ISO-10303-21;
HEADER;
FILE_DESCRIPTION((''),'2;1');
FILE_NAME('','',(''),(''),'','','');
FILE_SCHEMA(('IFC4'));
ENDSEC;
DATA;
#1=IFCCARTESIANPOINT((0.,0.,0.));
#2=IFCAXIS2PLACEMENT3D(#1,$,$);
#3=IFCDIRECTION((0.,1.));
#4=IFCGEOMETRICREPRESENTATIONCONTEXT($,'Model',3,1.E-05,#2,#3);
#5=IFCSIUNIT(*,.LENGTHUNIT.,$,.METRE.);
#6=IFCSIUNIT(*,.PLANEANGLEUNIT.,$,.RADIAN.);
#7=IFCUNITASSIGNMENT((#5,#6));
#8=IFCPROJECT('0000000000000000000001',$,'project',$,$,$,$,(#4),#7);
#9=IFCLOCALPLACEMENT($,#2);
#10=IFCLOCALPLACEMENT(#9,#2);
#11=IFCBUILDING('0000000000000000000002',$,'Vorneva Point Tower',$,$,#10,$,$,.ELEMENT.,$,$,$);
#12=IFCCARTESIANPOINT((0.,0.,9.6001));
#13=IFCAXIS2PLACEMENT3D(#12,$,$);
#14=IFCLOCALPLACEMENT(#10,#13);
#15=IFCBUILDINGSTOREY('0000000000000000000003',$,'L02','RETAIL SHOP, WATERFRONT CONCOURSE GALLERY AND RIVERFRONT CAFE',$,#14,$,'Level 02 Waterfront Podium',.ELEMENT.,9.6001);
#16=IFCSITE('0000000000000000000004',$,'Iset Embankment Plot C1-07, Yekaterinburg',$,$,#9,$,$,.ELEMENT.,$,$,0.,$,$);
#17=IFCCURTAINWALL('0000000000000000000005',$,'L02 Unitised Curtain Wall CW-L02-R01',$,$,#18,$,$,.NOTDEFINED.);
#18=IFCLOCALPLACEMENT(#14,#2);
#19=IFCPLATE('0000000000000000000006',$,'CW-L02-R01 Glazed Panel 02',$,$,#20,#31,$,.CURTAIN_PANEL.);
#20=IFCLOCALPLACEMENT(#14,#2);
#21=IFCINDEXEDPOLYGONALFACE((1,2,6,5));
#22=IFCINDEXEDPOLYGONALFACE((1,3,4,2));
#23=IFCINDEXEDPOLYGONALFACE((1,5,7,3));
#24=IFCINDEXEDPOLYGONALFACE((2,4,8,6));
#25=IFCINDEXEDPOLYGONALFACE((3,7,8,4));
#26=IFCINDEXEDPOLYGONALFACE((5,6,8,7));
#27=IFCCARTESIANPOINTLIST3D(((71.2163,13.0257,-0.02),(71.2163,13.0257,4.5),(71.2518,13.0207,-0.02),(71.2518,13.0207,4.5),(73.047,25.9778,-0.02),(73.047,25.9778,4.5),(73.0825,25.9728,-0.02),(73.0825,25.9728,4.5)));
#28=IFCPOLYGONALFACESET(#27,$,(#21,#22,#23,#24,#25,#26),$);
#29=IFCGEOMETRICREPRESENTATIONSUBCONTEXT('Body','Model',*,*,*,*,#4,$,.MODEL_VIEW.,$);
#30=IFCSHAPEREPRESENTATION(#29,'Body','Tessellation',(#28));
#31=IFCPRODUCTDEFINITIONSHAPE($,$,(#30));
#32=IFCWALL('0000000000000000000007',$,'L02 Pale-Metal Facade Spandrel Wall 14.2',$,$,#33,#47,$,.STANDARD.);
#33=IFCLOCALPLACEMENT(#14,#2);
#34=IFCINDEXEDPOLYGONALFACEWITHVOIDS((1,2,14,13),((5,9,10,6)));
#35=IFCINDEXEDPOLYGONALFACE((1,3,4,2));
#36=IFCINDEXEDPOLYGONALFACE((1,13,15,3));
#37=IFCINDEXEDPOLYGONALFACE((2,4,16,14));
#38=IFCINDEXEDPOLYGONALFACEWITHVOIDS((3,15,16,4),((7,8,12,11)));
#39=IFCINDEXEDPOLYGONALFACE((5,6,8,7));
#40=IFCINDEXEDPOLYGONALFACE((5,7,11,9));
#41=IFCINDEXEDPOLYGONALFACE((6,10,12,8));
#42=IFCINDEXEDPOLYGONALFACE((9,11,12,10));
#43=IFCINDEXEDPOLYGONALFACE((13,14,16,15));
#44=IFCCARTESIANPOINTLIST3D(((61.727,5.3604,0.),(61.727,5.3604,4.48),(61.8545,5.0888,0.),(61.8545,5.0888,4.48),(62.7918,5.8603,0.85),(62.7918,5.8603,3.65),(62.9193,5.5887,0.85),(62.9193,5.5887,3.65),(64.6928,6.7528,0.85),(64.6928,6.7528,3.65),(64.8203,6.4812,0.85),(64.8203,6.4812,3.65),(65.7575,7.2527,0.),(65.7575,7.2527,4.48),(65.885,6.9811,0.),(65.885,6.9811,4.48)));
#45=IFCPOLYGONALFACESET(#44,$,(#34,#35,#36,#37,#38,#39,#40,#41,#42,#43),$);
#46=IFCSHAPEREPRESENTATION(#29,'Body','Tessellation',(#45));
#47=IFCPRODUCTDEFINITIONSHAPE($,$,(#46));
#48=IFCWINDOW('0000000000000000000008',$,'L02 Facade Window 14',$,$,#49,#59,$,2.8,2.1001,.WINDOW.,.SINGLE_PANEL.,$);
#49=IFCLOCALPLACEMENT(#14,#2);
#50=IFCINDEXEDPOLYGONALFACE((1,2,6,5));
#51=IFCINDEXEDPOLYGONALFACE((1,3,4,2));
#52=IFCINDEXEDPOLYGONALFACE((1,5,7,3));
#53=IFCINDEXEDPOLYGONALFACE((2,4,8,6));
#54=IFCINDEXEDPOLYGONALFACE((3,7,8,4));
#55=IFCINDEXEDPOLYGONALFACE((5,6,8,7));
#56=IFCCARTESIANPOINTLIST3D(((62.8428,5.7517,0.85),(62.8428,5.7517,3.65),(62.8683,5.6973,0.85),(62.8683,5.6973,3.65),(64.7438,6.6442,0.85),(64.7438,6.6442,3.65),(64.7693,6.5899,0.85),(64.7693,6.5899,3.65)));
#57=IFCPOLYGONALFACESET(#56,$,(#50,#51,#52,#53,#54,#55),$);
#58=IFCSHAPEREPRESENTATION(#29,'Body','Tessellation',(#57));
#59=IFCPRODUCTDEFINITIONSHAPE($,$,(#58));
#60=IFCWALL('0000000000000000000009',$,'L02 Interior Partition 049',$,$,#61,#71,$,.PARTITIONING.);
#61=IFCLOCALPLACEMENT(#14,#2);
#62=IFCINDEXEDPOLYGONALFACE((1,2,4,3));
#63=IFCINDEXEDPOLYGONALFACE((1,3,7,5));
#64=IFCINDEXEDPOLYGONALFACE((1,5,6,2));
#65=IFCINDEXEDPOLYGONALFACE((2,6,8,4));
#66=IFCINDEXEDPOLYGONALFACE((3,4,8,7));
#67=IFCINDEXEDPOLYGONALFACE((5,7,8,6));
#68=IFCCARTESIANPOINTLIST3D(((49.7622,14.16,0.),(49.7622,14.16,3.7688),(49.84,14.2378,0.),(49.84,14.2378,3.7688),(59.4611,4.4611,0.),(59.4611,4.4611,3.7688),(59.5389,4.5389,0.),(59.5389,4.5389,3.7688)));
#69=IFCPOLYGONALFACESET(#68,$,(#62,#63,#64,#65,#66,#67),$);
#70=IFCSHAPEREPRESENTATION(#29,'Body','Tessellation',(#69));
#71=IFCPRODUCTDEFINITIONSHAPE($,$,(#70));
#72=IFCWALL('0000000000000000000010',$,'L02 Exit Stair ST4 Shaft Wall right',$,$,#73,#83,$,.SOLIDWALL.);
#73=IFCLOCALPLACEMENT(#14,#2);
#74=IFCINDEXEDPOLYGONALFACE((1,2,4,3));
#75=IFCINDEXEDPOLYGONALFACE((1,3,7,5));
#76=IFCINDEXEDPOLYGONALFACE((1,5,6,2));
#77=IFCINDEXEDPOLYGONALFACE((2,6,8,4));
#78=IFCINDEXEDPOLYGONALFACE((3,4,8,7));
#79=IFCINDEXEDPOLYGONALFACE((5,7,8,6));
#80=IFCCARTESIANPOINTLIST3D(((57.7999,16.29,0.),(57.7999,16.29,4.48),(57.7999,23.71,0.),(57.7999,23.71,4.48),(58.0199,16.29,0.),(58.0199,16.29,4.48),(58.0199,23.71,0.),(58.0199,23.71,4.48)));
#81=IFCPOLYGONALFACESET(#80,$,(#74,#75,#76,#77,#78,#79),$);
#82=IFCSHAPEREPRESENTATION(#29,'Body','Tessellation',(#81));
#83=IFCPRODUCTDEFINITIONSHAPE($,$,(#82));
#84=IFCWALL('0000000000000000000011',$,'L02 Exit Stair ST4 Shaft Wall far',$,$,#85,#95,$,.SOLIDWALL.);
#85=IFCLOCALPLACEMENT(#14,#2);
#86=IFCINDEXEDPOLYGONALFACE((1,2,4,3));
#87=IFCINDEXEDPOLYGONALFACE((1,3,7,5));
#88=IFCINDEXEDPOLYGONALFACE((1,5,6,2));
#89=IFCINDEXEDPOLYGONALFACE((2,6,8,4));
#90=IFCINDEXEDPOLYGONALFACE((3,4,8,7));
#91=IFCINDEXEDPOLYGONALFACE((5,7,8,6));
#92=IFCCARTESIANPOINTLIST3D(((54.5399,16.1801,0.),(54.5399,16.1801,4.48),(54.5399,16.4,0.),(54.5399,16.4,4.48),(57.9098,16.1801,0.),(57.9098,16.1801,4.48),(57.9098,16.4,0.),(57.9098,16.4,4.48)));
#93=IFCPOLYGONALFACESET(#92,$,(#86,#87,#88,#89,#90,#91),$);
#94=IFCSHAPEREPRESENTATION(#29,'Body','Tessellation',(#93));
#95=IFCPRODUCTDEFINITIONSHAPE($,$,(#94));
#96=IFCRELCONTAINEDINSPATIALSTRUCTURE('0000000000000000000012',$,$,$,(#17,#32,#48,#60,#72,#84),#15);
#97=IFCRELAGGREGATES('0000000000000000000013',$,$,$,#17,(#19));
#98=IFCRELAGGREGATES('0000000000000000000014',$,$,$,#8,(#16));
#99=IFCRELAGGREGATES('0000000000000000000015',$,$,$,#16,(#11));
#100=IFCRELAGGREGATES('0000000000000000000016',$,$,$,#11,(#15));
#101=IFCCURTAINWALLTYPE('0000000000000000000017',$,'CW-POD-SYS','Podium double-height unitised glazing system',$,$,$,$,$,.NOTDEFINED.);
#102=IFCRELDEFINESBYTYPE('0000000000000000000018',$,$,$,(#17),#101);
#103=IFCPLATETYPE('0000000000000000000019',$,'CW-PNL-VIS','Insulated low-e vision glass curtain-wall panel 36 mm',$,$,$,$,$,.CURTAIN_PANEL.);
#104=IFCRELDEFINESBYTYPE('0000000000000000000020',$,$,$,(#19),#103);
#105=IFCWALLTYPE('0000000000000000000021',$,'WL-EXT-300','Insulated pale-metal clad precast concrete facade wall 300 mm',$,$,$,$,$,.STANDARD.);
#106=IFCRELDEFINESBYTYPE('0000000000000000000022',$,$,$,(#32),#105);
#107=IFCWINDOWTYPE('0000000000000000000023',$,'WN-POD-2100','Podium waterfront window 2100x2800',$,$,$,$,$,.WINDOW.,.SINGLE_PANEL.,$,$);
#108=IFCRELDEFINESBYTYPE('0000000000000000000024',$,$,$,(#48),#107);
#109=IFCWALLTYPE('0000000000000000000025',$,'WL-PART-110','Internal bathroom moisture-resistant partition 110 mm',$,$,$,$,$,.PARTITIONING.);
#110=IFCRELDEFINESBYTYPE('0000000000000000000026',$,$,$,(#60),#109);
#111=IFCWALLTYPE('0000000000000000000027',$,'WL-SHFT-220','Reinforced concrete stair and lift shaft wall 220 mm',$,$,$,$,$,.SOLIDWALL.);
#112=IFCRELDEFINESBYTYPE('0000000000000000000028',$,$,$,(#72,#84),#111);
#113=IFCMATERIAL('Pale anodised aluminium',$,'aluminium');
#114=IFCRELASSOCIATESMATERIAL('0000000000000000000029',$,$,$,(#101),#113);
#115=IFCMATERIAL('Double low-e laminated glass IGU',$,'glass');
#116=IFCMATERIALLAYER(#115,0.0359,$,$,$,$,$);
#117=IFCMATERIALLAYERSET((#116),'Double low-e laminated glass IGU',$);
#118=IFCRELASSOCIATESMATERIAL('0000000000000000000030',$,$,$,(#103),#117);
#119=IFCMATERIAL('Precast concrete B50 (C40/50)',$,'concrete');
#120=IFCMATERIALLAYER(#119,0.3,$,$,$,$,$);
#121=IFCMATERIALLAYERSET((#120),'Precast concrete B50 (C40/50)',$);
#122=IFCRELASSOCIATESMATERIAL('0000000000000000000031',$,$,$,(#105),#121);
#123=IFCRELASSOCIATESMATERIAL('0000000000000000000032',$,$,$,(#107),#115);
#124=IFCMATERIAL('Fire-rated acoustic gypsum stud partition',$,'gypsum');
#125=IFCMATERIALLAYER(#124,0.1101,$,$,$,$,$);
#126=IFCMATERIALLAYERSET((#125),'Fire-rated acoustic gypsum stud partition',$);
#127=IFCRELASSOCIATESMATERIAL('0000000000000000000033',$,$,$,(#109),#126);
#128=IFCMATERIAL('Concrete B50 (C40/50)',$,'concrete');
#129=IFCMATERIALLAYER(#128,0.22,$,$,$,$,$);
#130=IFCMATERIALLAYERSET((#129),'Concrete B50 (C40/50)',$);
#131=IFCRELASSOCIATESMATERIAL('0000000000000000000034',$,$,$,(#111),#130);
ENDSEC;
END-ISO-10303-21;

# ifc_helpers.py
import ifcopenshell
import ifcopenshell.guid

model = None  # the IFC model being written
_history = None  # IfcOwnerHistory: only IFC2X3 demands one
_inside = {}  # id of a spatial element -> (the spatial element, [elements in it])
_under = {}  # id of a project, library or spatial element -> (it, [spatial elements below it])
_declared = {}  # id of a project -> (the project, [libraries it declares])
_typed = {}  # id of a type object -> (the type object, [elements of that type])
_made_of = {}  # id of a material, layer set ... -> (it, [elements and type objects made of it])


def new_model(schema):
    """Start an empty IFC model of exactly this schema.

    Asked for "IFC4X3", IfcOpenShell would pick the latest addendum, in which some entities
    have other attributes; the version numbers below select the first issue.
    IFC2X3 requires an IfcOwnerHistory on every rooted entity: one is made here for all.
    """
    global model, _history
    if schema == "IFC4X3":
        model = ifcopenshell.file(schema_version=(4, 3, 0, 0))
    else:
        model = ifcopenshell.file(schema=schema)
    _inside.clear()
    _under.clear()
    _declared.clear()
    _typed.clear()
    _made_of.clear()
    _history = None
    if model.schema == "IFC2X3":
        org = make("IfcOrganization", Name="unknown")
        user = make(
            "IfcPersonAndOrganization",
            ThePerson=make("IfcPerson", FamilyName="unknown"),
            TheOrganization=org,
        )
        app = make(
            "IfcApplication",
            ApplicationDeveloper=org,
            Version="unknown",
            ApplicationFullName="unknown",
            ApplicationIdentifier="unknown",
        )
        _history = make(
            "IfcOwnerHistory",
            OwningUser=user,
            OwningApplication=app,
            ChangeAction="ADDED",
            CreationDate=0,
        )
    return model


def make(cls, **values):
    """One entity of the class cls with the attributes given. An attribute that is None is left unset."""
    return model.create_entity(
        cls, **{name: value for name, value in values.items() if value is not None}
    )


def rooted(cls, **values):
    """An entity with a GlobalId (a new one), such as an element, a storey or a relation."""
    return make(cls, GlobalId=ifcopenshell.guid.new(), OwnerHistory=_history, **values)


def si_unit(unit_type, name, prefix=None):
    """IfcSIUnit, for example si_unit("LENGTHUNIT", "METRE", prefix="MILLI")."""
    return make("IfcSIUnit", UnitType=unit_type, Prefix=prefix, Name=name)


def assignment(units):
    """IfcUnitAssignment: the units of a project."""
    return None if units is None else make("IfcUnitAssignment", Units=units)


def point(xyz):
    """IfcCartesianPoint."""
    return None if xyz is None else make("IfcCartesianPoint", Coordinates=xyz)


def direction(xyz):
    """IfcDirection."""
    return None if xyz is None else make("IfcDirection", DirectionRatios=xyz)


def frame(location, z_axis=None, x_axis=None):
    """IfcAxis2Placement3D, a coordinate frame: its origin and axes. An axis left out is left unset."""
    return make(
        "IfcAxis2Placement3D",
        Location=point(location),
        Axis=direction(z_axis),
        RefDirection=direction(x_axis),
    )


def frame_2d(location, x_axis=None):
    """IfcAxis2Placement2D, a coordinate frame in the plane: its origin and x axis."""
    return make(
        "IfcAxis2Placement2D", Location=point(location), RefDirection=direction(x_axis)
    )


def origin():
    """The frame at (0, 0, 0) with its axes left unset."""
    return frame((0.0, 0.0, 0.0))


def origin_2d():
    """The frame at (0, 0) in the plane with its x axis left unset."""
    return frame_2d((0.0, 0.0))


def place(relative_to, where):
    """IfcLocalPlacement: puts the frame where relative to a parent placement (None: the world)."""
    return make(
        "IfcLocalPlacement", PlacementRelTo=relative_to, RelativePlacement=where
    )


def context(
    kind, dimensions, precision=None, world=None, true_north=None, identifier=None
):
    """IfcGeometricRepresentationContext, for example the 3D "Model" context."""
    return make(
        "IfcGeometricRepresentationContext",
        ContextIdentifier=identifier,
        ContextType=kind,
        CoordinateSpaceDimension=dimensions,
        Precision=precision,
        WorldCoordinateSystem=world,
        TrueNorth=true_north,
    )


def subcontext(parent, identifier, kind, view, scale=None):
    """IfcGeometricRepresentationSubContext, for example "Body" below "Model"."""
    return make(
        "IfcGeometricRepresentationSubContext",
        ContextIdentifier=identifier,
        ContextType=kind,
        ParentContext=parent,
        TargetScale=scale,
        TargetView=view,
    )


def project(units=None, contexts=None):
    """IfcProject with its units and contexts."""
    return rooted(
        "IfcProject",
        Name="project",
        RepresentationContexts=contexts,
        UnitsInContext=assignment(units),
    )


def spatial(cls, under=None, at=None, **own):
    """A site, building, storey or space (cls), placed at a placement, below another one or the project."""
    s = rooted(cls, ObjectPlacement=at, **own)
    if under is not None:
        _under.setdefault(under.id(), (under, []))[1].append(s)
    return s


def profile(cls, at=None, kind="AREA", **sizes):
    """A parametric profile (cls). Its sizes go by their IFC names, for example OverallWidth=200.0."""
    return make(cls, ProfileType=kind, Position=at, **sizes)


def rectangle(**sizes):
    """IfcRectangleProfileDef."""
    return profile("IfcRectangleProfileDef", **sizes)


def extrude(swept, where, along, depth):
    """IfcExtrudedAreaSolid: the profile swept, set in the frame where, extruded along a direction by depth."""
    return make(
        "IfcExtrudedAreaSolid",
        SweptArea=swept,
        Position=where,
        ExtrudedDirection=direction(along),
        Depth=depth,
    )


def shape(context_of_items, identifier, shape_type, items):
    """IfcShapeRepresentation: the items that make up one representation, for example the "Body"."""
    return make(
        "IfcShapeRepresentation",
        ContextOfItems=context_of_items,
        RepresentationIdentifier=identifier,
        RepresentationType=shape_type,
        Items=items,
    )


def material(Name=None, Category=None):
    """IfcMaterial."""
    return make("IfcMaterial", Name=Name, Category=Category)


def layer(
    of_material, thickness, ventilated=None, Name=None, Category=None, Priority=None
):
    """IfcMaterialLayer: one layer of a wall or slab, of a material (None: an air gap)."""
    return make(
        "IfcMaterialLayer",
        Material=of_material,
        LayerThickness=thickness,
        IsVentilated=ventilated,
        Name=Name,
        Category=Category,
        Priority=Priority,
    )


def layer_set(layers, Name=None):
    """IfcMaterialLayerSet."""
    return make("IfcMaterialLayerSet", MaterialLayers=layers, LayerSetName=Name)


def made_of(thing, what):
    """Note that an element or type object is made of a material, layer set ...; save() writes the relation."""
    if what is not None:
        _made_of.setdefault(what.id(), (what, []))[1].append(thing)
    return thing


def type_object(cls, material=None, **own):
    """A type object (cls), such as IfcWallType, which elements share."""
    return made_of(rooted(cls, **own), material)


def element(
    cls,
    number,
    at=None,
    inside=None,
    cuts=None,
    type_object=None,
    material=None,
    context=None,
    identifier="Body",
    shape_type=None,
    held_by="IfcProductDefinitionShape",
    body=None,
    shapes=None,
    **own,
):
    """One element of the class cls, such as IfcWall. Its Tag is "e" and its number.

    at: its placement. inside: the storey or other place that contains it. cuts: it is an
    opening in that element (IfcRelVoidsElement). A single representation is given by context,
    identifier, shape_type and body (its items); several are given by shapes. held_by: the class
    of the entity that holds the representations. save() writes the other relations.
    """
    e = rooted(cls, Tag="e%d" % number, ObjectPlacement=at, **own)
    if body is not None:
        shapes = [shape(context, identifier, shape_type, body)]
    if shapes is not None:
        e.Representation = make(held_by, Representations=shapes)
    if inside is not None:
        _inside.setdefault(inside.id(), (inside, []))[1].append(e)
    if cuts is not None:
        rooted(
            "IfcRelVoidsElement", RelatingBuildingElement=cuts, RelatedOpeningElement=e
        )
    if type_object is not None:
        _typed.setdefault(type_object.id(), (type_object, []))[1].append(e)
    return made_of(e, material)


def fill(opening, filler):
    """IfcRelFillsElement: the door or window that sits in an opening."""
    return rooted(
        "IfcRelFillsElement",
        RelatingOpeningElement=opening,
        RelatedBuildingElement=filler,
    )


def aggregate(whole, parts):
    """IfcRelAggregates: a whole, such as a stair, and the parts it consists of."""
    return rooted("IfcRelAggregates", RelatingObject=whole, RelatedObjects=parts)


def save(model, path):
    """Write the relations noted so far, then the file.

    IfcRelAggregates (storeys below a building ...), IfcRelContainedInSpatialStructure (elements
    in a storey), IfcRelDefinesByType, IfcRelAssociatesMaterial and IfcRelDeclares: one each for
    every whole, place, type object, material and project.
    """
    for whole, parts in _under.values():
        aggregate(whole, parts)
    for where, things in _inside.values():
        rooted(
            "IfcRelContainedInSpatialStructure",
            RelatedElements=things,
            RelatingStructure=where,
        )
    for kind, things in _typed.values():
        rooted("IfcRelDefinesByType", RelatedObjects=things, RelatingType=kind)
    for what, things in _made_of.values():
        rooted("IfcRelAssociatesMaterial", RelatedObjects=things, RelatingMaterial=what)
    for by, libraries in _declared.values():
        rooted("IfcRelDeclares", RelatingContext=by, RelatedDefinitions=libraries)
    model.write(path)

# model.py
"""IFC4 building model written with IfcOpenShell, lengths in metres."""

from ifc_helpers import new_model, si_unit, direction, frame, frame_2d, origin, origin_2d, place, context, subcontext, project, spatial, rectangle, extrude, material, layer, layer_set, type_object, element, fill, aggregate, save


model = new_model("IFC4")

# Units and contexts
model_context = context("Model", 3, precision=1e-05, world=origin(), true_north=direction((0.0, 1.0)))
body_context = subcontext(model_context, "Body", "Model", "MODEL_VIEW")
ifc_project = project(units=[si_unit("LENGTHUNIT", "METRE"), si_unit("PLANEANGLEUNIT", "RADIAN")], contexts=[model_context])

# Site, building, storey
site_placement = place(None, origin())
site = spatial("IfcSite", under=ifc_project, at=site_placement, Name="Iset Embankment Plot C1-07, Yekaterinburg", CompositionType="ELEMENT", RefElevation=0.0)
building_placement = place(site_placement, origin())
building = spatial("IfcBuilding", under=site, at=building_placement, Name="Vorneva Point Tower", CompositionType="ELEMENT")
storey_placement = place(building_placement, frame((0.0, 0.0, 9.6001)))
storey = spatial("IfcBuildingStorey", under=building, at=storey_placement, Name="L02", Description="RETAIL SHOP, WATERFRONT CONCOURSE GALLERY AND RIVERFRONT CAFE", LongName="Level 02 Waterfront Podium", CompositionType="ELEMENT", Elevation=9.6001)

# Curtain wall, plate
ifc_material_1 = material(Name="Pale anodised aluminium", Category="aluminium")
curtain_wall_type = type_object("IfcCurtainWallType", Name="CW-POD-SYS", Description="Podium double-height unitised glazing system", PredefinedType="NOTDEFINED", material=ifc_material_1)
curtain_wall_placement = place(storey_placement, origin())
curtain_wall = element("IfcCurtainWall", 1, at=curtain_wall_placement, inside=storey, type_object=curtain_wall_type, Name="L02 Unitised Curtain Wall CW-L02-R01", PredefinedType="NOTDEFINED")
ifc_material_2 = material(Name="Double low-e laminated glass IGU", Category="glass")
ifc_layer_1 = layer(ifc_material_2, 0.0359)
ifc_layer_set_1 = layer_set([ifc_layer_1], Name="Double low-e laminated glass IGU")
plate_type = type_object("IfcPlateType", Name="CW-PNL-VIS", Description="Insulated low-e vision glass curtain-wall panel 36 mm", PredefinedType="CURTAIN_PANEL", material=ifc_layer_set_1)
plate_1_placement = place(storey_placement, frame((72.1494, 19.4993, -0.02), z_axis=(0.0, 0.0, 1.0), x_axis=(0.139951, 0.990158, 0.0)))
plate_1 = element("IfcPlate", 2, at=plate_1_placement, type_object=plate_type, Name="CW-L02-R01 Glazed Panel 02", PredefinedType="CURTAIN_PANEL", context=body_context, shape_type="SweptSolid", body=[
    extrude(rectangle(XDim=13.0808, YDim=0.0359, at=origin_2d()), origin(), (0.0, 0.0, 1.0), 4.52),
])
aggregate(curtain_wall, [plate_1])

# Wall, opening, window
ifc_material_3 = material(Name="Precast concrete B50 (C40/50)", Category="concrete")
ifc_layer_2 = layer(ifc_material_3, 0.3)
ifc_layer_set_2 = layer_set([ifc_layer_2], Name="Precast concrete B50 (C40/50)")
wall_type_1 = type_object("IfcWallType", Name="WL-EXT-300", Description="Insulated pale-metal clad precast concrete facade wall 300 mm", PredefinedType="STANDARD", material=ifc_layer_set_2)
wall_1_placement = place(storey_placement, frame((61.7908, 5.2246, 0.0), z_axis=(0.0, 0.0, 1.0), x_axis=(0.905197, 0.424991, 0.0)))
wall_1 = element("IfcWall", 3, at=wall_1_placement, inside=storey, type_object=wall_type_1, Name="L02 Pale-Metal Facade Spandrel Wall 14.2", PredefinedType="STANDARD", context=body_context, shape_type="SweptSolid", body=[
    extrude(rectangle(XDim=4.4526, YDim=0.3, at=frame_2d((2.2263, 0.0))), origin(), (0.0, 0.0, 1.0), 4.48),
])
opening_placement = place(wall_1_placement, frame((1.1763, 0.0, 0.8501)))
opening = element("IfcOpeningElement", 4, at=opening_placement, cuts=wall_1, PredefinedType="OPENING", context=body_context, shape_type="SweptSolid", body=[
    extrude(rectangle(XDim=2.1001, YDim=2.8, at=frame_2d((1.05, 1.3999))), frame((0.0, 0.165, 0.0), z_axis=(0.0, -1.0, 0.0), x_axis=(1.0, 0.0, 0.0)), (0.0, 0.0, 1.0), 0.3298),
])
window_type = type_object("IfcWindowType", Name="WN-POD-2100", Description="Podium waterfront window 2100x2800", PartitioningType="SINGLE_PANEL", PredefinedType="WINDOW", material=ifc_material_2)
window_placement = place(opening_placement, origin())
window = element("IfcWindow", 5, at=window_placement, inside=storey, type_object=window_type, Name="L02 Facade Window 14", OverallHeight=2.8, OverallWidth=2.1001, PartitioningType="SINGLE_PANEL", PredefinedType="WINDOW", context=body_context, shape_type="SweptSolid", body=[
    extrude(rectangle(XDim=2.1001, YDim=2.8, at=frame_2d((1.05, 1.3999))), frame((0.0, 0.03, 0.0), z_axis=(0.0, -1.0, 0.0), x_axis=(1.0, 0.0, 0.0)), (0.0, 0.0, 1.0), 0.0601),
])
fill(opening, window)

# Walls
ifc_material_4 = material(Name="Fire-rated acoustic gypsum stud partition", Category="gypsum")
ifc_layer_3 = layer(ifc_material_4, 0.1101)
ifc_layer_set_3 = layer_set([ifc_layer_3], Name="Fire-rated acoustic gypsum stud partition")
wall_type_2 = type_object("IfcWallType", Name="WL-PART-110", Description="Internal bathroom moisture-resistant partition 110 mm", PredefinedType="PARTITIONING", material=ifc_layer_set_3)
wall_2_placement = place(storey_placement, frame((59.5, 4.5, 0.0), z_axis=(0.0, 0.0, 1.0), x_axis=(-0.707107, 0.707107, 0.0)))
element("IfcWall", 6, at=wall_2_placement, inside=storey, type_object=wall_type_2, Name="L02 Interior Partition 049", PredefinedType="PARTITIONING", context=body_context, shape_type="SweptSolid", body=[
    extrude(rectangle(XDim=13.7163, YDim=0.1101, at=frame_2d((6.8582, 0.0))), origin(), (0.0, 0.0, 1.0), 3.7688),
])
ifc_material_5 = material(Name="Concrete B50 (C40/50)", Category="concrete")
ifc_layer_4 = layer(ifc_material_5, 0.22)
ifc_layer_set_4 = layer_set([ifc_layer_4], Name="Concrete B50 (C40/50)")
wall_type_3 = type_object("IfcWallType", Name="WL-SHFT-220", Description="Reinforced concrete stair and lift shaft wall 220 mm", PredefinedType="SOLIDWALL", material=ifc_layer_set_4)
wall_3_placement = place(storey_placement, frame((57.9099, 23.71, 0.0), z_axis=(0.0, 0.0, 1.0), x_axis=(0.0, -1.0, 0.0)))
element("IfcWall", 7, at=wall_3_placement, inside=storey, type_object=wall_type_3, Name="L02 Exit Stair ST4 Shaft Wall right", PredefinedType="SOLIDWALL", context=body_context, shape_type="SweptSolid", body=[
    extrude(rectangle(XDim=7.4199, YDim=0.22, at=frame_2d((3.71, 0.0))), origin(), (0.0, 0.0, 1.0), 4.48),
])
wall_4_placement = place(storey_placement, frame((57.9099, 16.29, 0.0), z_axis=(0.0, 0.0, 1.0), x_axis=(-1.0, 0.0, 0.0)))
element("IfcWall", 8, at=wall_4_placement, inside=storey, type_object=wall_type_3, Name="L02 Exit Stair ST4 Shaft Wall far", PredefinedType="SOLIDWALL", context=body_context, shape_type="SweptSolid", body=[
    extrude(rectangle(XDim=3.3699, YDim=0.22, at=frame_2d((1.6851, 0.0))), origin(), (0.0, 0.0, 1.0), 4.48),
])

save(model, "model.ifc")
